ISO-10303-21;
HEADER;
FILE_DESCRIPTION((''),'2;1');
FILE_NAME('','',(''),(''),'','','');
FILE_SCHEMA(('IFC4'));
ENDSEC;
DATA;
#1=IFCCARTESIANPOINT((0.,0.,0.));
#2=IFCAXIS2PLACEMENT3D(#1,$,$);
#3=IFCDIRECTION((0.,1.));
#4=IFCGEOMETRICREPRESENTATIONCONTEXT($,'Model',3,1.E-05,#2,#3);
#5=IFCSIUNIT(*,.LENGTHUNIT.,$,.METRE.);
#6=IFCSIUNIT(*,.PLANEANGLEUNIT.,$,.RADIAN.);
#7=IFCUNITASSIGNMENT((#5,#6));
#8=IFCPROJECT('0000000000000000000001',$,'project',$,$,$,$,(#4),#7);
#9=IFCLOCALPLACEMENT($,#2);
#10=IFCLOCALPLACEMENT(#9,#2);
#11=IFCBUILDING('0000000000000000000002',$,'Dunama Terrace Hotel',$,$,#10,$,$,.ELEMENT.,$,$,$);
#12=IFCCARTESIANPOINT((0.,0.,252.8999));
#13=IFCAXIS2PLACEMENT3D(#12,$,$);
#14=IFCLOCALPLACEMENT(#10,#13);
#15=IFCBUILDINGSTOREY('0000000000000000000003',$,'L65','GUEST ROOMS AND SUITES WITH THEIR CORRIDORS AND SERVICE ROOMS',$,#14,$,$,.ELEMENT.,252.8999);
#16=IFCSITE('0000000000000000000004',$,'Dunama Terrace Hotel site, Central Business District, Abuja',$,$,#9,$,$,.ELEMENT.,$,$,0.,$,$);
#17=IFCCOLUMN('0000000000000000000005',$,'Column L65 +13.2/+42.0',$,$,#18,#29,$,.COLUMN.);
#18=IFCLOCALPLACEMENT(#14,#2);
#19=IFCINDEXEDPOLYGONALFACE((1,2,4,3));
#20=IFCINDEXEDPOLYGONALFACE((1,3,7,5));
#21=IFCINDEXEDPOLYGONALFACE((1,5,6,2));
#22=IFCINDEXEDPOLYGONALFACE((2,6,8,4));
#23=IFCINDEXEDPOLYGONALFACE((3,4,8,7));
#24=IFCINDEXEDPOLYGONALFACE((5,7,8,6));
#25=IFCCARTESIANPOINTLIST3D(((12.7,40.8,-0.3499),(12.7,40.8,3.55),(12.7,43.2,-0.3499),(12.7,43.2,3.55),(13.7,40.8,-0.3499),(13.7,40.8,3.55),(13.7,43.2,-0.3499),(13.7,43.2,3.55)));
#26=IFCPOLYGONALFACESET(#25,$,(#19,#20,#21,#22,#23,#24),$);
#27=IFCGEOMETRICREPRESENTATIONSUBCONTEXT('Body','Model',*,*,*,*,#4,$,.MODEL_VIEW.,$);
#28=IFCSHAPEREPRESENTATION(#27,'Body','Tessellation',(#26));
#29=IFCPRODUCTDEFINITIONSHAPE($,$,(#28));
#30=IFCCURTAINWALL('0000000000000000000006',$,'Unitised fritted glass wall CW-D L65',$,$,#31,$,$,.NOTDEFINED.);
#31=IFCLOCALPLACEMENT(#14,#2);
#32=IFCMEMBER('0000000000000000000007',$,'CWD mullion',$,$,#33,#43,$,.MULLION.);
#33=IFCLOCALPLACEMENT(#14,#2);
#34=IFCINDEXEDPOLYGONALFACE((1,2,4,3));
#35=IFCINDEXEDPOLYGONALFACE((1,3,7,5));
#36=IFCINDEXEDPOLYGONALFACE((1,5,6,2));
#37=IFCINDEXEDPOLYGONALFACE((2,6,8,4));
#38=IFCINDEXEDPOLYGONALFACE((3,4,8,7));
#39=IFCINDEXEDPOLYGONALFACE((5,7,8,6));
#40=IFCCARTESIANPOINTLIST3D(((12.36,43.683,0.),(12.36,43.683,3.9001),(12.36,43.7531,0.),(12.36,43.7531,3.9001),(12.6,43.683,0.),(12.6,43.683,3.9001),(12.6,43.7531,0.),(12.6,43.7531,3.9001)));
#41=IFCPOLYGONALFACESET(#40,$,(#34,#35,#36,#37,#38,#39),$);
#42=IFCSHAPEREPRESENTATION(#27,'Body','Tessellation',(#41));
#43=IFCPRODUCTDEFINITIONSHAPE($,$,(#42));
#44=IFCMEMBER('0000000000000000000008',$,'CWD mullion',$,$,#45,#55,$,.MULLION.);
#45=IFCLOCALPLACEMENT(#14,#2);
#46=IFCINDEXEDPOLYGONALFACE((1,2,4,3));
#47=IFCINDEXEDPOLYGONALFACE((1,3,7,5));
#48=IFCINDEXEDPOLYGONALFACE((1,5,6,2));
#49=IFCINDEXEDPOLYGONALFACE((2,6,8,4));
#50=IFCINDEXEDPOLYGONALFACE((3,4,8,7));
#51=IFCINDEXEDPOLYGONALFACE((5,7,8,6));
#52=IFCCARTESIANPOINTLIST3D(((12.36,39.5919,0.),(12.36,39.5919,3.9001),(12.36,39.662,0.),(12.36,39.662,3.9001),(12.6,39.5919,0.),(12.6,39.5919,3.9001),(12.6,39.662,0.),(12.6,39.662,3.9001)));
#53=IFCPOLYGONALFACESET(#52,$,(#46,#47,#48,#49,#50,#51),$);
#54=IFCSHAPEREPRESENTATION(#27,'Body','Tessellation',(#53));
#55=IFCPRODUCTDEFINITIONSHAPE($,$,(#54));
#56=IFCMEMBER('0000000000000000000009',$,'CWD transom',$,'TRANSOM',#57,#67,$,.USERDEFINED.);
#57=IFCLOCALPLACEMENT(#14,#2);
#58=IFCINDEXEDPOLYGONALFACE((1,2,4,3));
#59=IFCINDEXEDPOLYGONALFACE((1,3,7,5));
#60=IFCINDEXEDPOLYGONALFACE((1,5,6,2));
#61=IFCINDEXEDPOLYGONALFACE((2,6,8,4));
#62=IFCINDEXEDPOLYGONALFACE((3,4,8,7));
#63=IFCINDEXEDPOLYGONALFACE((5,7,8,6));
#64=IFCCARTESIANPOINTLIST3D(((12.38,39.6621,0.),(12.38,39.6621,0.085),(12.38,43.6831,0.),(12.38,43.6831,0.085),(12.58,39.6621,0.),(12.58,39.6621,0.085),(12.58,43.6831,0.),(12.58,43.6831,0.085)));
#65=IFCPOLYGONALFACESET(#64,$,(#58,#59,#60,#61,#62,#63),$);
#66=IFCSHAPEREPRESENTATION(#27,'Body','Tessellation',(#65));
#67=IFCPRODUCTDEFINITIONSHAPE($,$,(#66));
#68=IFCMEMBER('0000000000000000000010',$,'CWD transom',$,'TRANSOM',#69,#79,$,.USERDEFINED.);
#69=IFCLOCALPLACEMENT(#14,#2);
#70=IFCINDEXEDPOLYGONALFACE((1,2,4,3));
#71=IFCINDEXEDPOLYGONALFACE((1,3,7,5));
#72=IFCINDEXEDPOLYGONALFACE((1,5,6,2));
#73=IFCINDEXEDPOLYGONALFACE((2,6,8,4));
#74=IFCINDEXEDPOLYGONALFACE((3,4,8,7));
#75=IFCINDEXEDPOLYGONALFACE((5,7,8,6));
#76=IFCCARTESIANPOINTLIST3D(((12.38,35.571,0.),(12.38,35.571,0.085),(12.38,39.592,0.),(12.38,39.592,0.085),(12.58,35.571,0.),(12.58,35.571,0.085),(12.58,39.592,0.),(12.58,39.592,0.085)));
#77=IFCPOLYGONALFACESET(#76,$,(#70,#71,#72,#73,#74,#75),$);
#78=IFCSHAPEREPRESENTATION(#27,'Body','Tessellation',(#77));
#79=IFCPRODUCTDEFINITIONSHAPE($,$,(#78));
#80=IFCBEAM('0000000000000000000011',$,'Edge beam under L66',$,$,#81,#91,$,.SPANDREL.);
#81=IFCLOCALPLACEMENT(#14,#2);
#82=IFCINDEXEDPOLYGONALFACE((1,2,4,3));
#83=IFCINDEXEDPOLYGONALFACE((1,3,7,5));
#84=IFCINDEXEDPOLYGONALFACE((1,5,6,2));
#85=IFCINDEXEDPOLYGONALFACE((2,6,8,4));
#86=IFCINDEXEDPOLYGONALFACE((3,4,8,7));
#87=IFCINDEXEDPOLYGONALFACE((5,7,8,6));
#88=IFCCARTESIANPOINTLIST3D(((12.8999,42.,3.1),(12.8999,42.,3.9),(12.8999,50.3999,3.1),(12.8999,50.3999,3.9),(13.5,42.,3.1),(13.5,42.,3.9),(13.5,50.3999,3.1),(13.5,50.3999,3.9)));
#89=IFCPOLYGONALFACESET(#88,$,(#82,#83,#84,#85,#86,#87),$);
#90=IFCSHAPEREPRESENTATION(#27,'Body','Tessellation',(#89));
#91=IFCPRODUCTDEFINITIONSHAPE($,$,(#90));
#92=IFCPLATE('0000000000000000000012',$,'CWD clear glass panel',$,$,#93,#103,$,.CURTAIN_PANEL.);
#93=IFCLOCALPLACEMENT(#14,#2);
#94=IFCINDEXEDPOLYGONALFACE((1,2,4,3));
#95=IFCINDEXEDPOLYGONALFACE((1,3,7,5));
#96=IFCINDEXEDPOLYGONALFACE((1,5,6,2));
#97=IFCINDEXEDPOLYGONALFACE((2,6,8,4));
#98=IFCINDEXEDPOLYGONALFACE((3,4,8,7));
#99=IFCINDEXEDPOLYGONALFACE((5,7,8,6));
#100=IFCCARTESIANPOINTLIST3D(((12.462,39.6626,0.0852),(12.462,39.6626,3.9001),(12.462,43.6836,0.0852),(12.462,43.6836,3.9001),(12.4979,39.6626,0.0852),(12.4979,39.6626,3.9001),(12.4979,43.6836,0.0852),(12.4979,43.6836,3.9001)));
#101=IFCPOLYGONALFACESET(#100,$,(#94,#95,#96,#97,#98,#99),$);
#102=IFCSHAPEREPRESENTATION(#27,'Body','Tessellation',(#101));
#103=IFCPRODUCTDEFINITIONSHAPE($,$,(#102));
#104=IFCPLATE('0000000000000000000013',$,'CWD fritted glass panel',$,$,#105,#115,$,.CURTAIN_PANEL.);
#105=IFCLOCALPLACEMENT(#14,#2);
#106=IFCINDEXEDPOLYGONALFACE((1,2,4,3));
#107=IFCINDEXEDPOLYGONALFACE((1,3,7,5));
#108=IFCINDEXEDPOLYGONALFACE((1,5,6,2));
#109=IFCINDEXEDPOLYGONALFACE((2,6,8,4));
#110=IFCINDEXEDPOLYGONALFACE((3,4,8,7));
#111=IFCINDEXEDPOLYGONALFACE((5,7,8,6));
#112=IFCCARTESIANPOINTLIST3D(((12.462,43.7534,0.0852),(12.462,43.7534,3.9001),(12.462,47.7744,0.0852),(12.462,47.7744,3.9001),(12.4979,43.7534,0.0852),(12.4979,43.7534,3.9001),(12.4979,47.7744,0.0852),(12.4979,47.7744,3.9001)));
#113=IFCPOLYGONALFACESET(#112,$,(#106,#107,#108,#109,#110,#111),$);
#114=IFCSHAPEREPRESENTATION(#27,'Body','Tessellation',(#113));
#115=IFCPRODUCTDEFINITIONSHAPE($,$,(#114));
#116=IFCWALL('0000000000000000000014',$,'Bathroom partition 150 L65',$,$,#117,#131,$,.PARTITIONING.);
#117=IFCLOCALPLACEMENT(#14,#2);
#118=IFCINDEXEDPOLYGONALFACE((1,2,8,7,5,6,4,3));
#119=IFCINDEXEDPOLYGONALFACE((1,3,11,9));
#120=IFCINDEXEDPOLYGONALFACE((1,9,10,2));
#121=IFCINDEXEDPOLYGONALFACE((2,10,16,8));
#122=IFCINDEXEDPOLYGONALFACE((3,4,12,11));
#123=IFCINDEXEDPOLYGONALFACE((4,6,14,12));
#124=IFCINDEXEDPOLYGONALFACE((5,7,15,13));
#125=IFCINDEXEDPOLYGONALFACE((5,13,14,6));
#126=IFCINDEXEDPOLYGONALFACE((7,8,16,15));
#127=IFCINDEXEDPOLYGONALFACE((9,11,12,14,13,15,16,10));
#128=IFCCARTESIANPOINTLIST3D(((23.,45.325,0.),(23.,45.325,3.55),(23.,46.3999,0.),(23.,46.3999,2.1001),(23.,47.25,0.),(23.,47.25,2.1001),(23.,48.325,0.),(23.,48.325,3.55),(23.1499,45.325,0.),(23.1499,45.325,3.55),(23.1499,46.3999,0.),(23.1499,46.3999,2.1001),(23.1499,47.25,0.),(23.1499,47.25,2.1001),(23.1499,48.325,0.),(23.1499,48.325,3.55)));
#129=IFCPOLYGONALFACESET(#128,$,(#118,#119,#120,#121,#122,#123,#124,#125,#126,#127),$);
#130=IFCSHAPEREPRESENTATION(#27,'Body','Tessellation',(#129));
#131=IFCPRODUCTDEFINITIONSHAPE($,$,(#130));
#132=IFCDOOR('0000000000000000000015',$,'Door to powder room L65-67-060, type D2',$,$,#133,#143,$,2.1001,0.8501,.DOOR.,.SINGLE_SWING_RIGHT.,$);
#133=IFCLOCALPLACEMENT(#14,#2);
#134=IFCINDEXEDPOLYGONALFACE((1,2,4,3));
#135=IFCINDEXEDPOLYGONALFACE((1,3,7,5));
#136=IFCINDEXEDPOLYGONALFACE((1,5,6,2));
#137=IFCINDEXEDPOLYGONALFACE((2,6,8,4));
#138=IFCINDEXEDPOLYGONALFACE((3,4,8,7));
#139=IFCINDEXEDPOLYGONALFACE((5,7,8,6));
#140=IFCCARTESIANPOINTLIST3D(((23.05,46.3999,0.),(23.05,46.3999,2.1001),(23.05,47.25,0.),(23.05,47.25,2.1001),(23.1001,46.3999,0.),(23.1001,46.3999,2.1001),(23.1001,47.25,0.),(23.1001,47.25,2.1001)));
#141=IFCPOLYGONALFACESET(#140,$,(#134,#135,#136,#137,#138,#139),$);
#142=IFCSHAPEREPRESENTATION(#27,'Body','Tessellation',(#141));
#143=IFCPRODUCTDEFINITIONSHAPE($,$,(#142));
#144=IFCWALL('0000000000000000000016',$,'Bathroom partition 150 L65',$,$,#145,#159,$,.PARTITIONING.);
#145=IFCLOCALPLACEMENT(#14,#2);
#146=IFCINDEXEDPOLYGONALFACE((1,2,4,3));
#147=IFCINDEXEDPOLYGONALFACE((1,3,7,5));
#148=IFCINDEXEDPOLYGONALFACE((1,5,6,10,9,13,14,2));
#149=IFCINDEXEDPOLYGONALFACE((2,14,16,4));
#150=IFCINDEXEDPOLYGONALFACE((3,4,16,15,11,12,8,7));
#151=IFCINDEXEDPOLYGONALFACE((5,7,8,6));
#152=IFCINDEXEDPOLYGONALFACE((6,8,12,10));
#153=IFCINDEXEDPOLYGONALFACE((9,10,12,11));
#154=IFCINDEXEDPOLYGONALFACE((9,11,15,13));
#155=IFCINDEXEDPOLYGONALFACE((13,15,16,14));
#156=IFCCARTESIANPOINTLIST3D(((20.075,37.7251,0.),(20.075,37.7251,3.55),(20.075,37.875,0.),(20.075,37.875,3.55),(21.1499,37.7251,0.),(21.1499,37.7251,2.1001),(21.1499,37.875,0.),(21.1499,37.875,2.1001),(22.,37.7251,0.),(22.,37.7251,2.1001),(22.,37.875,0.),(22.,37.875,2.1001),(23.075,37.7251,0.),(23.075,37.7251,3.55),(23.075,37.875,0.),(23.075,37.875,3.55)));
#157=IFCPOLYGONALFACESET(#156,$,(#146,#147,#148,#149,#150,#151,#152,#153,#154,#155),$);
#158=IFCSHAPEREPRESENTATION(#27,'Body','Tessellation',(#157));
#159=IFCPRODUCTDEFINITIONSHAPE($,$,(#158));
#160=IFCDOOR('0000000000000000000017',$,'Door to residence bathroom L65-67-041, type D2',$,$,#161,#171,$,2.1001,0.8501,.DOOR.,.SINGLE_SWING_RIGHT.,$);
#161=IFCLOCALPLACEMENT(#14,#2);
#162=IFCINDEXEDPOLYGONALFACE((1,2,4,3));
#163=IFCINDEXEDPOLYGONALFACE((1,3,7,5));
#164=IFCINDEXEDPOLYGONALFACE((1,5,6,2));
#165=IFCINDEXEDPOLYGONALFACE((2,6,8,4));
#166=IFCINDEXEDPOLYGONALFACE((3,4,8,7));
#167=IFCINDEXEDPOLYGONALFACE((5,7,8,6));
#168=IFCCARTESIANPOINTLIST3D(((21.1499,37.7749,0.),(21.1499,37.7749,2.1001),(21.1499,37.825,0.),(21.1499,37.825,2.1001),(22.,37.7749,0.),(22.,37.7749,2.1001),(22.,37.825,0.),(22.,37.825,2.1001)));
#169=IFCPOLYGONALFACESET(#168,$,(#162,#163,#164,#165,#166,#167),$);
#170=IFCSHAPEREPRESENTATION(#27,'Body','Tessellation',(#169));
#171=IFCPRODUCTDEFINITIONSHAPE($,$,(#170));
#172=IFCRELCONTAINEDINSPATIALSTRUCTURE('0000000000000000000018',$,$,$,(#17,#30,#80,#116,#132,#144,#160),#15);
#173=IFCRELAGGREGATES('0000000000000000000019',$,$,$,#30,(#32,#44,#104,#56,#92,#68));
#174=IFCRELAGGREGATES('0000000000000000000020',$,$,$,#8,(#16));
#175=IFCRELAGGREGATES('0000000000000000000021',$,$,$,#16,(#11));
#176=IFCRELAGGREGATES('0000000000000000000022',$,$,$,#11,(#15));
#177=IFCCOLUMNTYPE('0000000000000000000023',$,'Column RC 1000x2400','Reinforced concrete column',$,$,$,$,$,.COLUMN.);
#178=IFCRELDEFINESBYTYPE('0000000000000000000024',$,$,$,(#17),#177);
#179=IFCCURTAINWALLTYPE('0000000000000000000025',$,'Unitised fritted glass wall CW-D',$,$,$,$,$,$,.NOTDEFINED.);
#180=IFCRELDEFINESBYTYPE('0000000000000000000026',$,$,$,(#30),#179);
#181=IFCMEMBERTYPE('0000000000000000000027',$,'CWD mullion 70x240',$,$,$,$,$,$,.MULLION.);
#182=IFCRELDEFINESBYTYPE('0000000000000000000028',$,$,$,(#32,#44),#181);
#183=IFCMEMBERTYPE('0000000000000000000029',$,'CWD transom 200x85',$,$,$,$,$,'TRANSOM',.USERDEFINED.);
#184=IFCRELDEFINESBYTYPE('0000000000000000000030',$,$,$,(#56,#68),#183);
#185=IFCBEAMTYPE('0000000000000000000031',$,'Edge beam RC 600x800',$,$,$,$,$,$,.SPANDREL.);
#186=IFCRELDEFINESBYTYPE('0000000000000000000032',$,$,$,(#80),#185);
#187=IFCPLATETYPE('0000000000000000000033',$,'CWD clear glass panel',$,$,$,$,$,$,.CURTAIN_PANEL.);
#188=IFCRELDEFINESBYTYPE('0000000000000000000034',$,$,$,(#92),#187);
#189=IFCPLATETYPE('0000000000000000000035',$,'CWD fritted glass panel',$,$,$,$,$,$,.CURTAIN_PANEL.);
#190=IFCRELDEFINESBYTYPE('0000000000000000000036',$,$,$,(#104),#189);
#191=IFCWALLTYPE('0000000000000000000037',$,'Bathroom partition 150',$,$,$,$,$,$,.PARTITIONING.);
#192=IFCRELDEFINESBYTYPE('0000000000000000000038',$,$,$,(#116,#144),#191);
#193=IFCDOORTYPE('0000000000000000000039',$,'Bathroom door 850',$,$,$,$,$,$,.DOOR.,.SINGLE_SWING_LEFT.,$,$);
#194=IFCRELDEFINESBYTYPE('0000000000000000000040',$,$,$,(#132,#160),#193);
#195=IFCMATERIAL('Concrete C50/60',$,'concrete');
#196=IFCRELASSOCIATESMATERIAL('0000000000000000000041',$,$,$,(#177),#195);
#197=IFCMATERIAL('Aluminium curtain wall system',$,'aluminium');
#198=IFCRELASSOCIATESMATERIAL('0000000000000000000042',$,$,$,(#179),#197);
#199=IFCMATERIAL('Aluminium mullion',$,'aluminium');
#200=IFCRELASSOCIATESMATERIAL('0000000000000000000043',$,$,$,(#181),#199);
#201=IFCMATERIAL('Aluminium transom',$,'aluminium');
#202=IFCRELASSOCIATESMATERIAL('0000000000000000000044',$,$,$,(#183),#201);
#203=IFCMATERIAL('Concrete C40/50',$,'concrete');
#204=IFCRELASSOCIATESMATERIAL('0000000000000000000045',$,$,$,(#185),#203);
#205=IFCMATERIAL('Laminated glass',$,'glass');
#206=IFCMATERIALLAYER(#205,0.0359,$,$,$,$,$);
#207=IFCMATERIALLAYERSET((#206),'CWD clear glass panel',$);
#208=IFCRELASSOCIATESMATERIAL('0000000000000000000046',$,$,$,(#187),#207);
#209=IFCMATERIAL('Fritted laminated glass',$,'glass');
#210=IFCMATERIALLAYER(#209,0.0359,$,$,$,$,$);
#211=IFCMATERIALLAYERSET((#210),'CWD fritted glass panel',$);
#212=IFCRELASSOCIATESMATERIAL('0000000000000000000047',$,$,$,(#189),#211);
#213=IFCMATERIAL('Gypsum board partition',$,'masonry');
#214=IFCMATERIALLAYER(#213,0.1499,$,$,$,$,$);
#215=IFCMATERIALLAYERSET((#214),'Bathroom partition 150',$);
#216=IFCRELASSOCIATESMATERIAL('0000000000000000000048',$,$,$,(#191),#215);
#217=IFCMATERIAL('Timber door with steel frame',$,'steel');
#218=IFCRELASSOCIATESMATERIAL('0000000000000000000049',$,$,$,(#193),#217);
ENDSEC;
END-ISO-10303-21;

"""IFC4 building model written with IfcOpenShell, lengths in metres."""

from ifc_helpers import new_model, si_unit, direction, frame, frame_2d, origin, origin_2d, place, context, subcontext, project, spatial, rectangle, extrude, material, layer, layer_set, material_profile, profile_set, type_object, element, fill, aggregate, save


model = new_model("IFC4")

# Units and contexts
model_context = context("Model", 3, precision=1e-05, world=origin(), true_north=direction((0.0, 1.0)))
body_context = subcontext(model_context, "Body", "Model", "MODEL_VIEW")
ifc_project = project(units=[si_unit("LENGTHUNIT", "METRE"), si_unit("PLANEANGLEUNIT", "RADIAN")], contexts=[model_context])

# Site, building, storey
site_placement = place(None, origin())
site = spatial("IfcSite", under=ifc_project, at=site_placement, Name="Dunama Terrace Hotel site, Central Business District, Abuja", CompositionType="ELEMENT", RefElevation=0.0)
building_placement = place(site_placement, origin())
building = spatial("IfcBuilding", under=site, at=building_placement, Name="Dunama Terrace Hotel", CompositionType="ELEMENT")
storey_placement = place(building_placement, frame((0.0, 0.0, 252.8999)))
storey = spatial("IfcBuildingStorey", under=building, at=storey_placement, Name="L65", Description="GUEST ROOMS AND SUITES WITH THEIR CORRIDORS AND SERVICE ROOMS", CompositionType="ELEMENT", Elevation=252.8999)

# Column
ifc_material_1 = material(Name="Concrete C50/60", Category="concrete")
ifc_material_profile_1 = material_profile(ifc_material_1, rectangle(XDim=1.0, YDim=2.3999, at=origin_2d()), Name="RC 1000x2400")
ifc_profile_set_1 = profile_set([ifc_material_profile_1], Name="Concrete C50/60")
column_type = type_object("IfcColumnType", Name="Column RC 1000x2400", Description="Reinforced concrete column", PredefinedType="COLUMN", material=ifc_profile_set_1)
column_placement = place(storey_placement, frame((13.2, 42.0, -0.3499), z_axis=(0.0, 0.0, 1.0), x_axis=(1.0, 0.0, 0.0)))
element("IfcColumn", 1, at=column_placement, inside=storey, type_object=column_type, Name="Column L65 +13.2/+42.0", PredefinedType="COLUMN", context=body_context, shape_type="SweptSolid", body=[
    extrude(rectangle(XDim=1.0, YDim=2.3999, at=origin_2d()), origin(), (0.0, 0.0, 1.0), 3.8999),
])

# Curtain wall, members
ifc_material_2 = material(Name="Aluminium curtain wall system", Category="aluminium")
curtain_wall_type = type_object("IfcCurtainWallType", Name="Unitised fritted glass wall CW-D", PredefinedType="NOTDEFINED", material=ifc_material_2)
curtain_wall_placement = place(storey_placement, origin())
curtain_wall = element("IfcCurtainWall", 2, at=curtain_wall_placement, inside=storey, type_object=curtain_wall_type, Name="Unitised fritted glass wall CW-D L65", PredefinedType="NOTDEFINED")
ifc_material_3 = material(Name="Aluminium mullion", Category="aluminium")
ifc_material_profile_2 = material_profile(ifc_material_3, rectangle(XDim=0.0701, YDim=0.24, at=origin_2d()), Name="CWD MULLION 70X240")
ifc_profile_set_2 = profile_set([ifc_material_profile_2], Name="Aluminium mullion")
member_type_1 = type_object("IfcMemberType", Name="CWD mullion 70x240", PredefinedType="MULLION", material=ifc_profile_set_2)
member_1_placement = place(storey_placement, frame((12.48, 43.718, 0.0), z_axis=(0.0, 0.0, 1.0), x_axis=(0.0, -1.0, 0.0)))
member_1 = element("IfcMember", 3, at=member_1_placement, type_object=member_type_1, Name="CWD mullion", PredefinedType="MULLION", context=body_context, shape_type="SweptSolid", body=[
    extrude(rectangle(XDim=0.0701, YDim=0.24, at=origin_2d()), origin(), (0.0, 0.0, 1.0), 3.9001),
])
member_2_placement = place(storey_placement, frame((12.48, 39.627, 0.0), z_axis=(0.0, 0.0, 1.0), x_axis=(0.0, -1.0, 0.0)))
member_2 = element("IfcMember", 4, at=member_2_placement, type_object=member_type_1, Name="CWD mullion", PredefinedType="MULLION", context=body_context, shape_type="SweptSolid", body=[
    extrude(rectangle(XDim=0.0701, YDim=0.24, at=origin_2d()), origin(), (0.0, 0.0, 1.0), 3.9001),
])
ifc_material_4 = material(Name="Aluminium transom", Category="aluminium")
ifc_material_profile_3 = material_profile(ifc_material_4, rectangle(XDim=0.2, YDim=0.085, at=origin_2d()), Name="CWD TRANSOM 200X85")
ifc_profile_set_3 = profile_set([ifc_material_profile_3], Name="Aluminium transom")
member_type_2 = type_object("IfcMemberType", Name="CWD transom 200x85", ElementType="TRANSOM", PredefinedType="USERDEFINED", material=ifc_profile_set_3)
member_3_placement = place(storey_placement, frame((12.48, 43.6831, 0.0425), z_axis=(0.0, -1.0, 0.0), x_axis=(1.0, 0.0, 0.0)))
member_3 = element("IfcMember", 5, at=member_3_placement, type_object=member_type_2, Name="CWD transom", ObjectType="TRANSOM", PredefinedType="USERDEFINED", context=body_context, shape_type="SweptSolid", body=[
    extrude(rectangle(XDim=0.2, YDim=0.085, at=origin_2d()), origin(), (0.0, 0.0, 1.0), 4.021),
])
member_4_placement = place(storey_placement, frame((12.48, 39.592, 0.0425), z_axis=(0.0, -1.0, 0.0), x_axis=(1.0, 0.0, 0.0)))
member_4 = element("IfcMember", 6, at=member_4_placement, type_object=member_type_2, Name="CWD transom", ObjectType="TRANSOM", PredefinedType="USERDEFINED", context=body_context, shape_type="SweptSolid", body=[
    extrude(rectangle(XDim=0.2, YDim=0.085, at=origin_2d()), origin(), (0.0, 0.0, 1.0), 4.021),
])

# Beam
ifc_material_5 = material(Name="Concrete C40/50", Category="concrete")
ifc_material_profile_4 = material_profile(ifc_material_5, rectangle(XDim=0.6001, YDim=0.8, at=origin_2d()), Name="RC 600x800")
ifc_profile_set_4 = profile_set([ifc_material_profile_4], Name="Concrete C40/50")
beam_type = type_object("IfcBeamType", Name="Edge beam RC 600x800", PredefinedType="SPANDREL", material=ifc_profile_set_4)
beam_placement = place(storey_placement, frame((13.2, 42.0, 3.5), z_axis=(0.0, 1.0, 0.0), x_axis=(-1.0, 0.0, 0.0)))
element("IfcBeam", 7, at=beam_placement, inside=storey, type_object=beam_type, Name="Edge beam under L66", PredefinedType="SPANDREL", context=body_context, shape_type="SweptSolid", body=[
    extrude(rectangle(XDim=0.6001, YDim=0.8, at=origin_2d()), origin(), (0.0, 0.0, 1.0), 8.3999),
])

# Plates
ifc_material_6 = material(Name="Laminated glass", Category="glass")
ifc_layer_1 = layer(ifc_material_6, 0.0359)
ifc_layer_set_1 = layer_set([ifc_layer_1], Name="CWD clear glass panel")
plate_type_1 = type_object("IfcPlateType", Name="CWD clear glass panel", PredefinedType="CURTAIN_PANEL", material=ifc_layer_set_1)
plate_1_placement = place(storey_placement, frame((12.48, 41.6731, 0.0852), z_axis=(0.0, 0.0, 1.0), x_axis=(0.0, -1.0, 0.0)))
plate_1 = element("IfcPlate", 8, at=plate_1_placement, type_object=plate_type_1, Name="CWD clear glass panel", PredefinedType="CURTAIN_PANEL", context=body_context, shape_type="SweptSolid", body=[
    extrude(rectangle(XDim=4.021, YDim=0.0359, at=origin_2d()), origin(), (0.0, 0.0, 1.0), 3.8149),
])
ifc_material_7 = material(Name="Fritted laminated glass", Category="glass")
ifc_layer_2 = layer(ifc_material_7, 0.0359)
ifc_layer_set_2 = layer_set([ifc_layer_2], Name="CWD fritted glass panel")
plate_type_2 = type_object("IfcPlateType", Name="CWD fritted glass panel", PredefinedType="CURTAIN_PANEL", material=ifc_layer_set_2)
plate_2_placement = place(storey_placement, frame((12.48, 45.7639, 0.0852), z_axis=(0.0, 0.0, 1.0), x_axis=(0.0, -1.0, 0.0)))
plate_2 = element("IfcPlate", 9, at=plate_2_placement, type_object=plate_type_2, Name="CWD fritted glass panel", PredefinedType="CURTAIN_PANEL", context=body_context, shape_type="SweptSolid", body=[
    extrude(rectangle(XDim=4.021, YDim=0.0359, at=origin_2d()), origin(), (0.0, 0.0, 1.0), 3.8149),
])
aggregate(curtain_wall, [member_1, member_2, plate_2, member_3, plate_1, member_4])

# Walls, openings, doors
ifc_material_8 = material(Name="Gypsum board partition", Category="masonry")
ifc_layer_3 = layer(ifc_material_8, 0.1499)
ifc_layer_set_3 = layer_set([ifc_layer_3], Name="Bathroom partition 150")
wall_type_1 = type_object("IfcWallType", Name="Bathroom partition 150", PredefinedType="PARTITIONING", material=ifc_layer_set_3)
wall_1_placement = place(storey_placement, frame((23.075, 45.325, 0.0), z_axis=(0.0, 0.0, 1.0), x_axis=(0.0, 1.0, 0.0)))
wall_1 = element("IfcWall", 10, at=wall_1_placement, inside=storey, type_object=wall_type_1, Name="Bathroom partition 150 L65", PredefinedType="PARTITIONING", context=body_context, shape_type="SweptSolid", body=[
    extrude(rectangle(XDim=3.0, YDim=0.1499, at=frame_2d((1.5, 0.0))), origin(), (0.0, 0.0, 1.0), 3.55),
])
opening_1_placement = place(wall_1_placement, frame((1.075, 0.0, 0.0)))
opening_1 = element("IfcOpeningElement", 11, at=opening_1_placement, cuts=wall_1, PredefinedType="OPENING", context=body_context, shape_type="SweptSolid", body=[
    extrude(rectangle(XDim=0.8501, YDim=2.1001, at=frame_2d((0.425, 1.05))), frame((0.0, 0.085, 0.0), z_axis=(0.0, -1.0, 0.0), x_axis=(1.0, 0.0, 0.0)), (0.0, 0.0, 1.0), 0.1699),
])
ifc_material_9 = material(Name="Timber door with steel frame", Category="steel")
door_type_1 = type_object("IfcDoorType", Name="Bathroom door 850", OperationType="SINGLE_SWING_LEFT", PredefinedType="DOOR", material=ifc_material_9)
door_1_placement = place(opening_1_placement, frame((0.8501, 0.0, 0.0), z_axis=(0.0, 0.0, 1.0), x_axis=(-1.0, 0.0, 0.0)))
door_1 = element("IfcDoor", 12, at=door_1_placement, inside=storey, type_object=door_type_1, Name="Door to powder room L65-67-060, type D2", OperationType="SINGLE_SWING_RIGHT", OverallHeight=2.1001, OverallWidth=0.8501, PredefinedType="DOOR", context=body_context, shape_type="SweptSolid", body=[
    extrude(rectangle(XDim=0.8501, YDim=2.1001, at=frame_2d((0.425, 1.05))), frame((0.0, 0.0251, 0.0), z_axis=(0.0, -1.0, 0.0), x_axis=(1.0, 0.0, 0.0)), (0.0, 0.0, 1.0), 0.05),
])
fill(opening_1, door_1)
wall_2_placement = place(storey_placement, frame((20.075, 37.8, 0.0), z_axis=(0.0, 0.0, 1.0), x_axis=(1.0, 0.0, 0.0)))
wall_2 = element("IfcWall", 13, at=wall_2_placement, inside=storey, type_object=wall_type_1, Name="Bathroom partition 150 L65", PredefinedType="PARTITIONING", context=body_context, shape_type="SweptSolid", body=[
    extrude(rectangle(XDim=3.0, YDim=0.1499, at=frame_2d((1.5, 0.0))), origin(), (0.0, 0.0, 1.0), 3.55),
])
opening_2_placement = place(wall_2_placement, frame((1.075, 0.0, 0.0)))
opening_2 = element("IfcOpeningElement", 14, at=opening_2_placement, cuts=wall_2, PredefinedType="OPENING", context=body_context, shape_type="SweptSolid", body=[
    extrude(rectangle(XDim=0.8501, YDim=2.1001, at=frame_2d((0.425, 1.05))), frame((0.0, 0.085, 0.0), z_axis=(0.0, -1.0, 0.0), x_axis=(1.0, 0.0, 0.0)), (0.0, 0.0, 1.0), 0.1699),
])
door_2_placement = place(opening_2_placement, origin())
door_2 = element("IfcDoor", 15, at=door_2_placement, inside=storey, type_object=door_type_1, Name="Door to residence bathroom L65-67-041, type D2", OperationType="SINGLE_SWING_RIGHT", OverallHeight=2.1001, OverallWidth=0.8501, PredefinedType="DOOR", context=body_context, shape_type="SweptSolid", body=[
    extrude(rectangle(XDim=0.8501, YDim=2.1001, at=frame_2d((0.425, 1.05))), frame((0.0, 0.0249, 0.0), z_axis=(0.0, -1.0, 0.0), x_axis=(1.0, 0.0, 0.0)), (0.0, 0.0, 1.0), 0.05),
])
fill(opening_2, door_2)

save(model, "model.ifc")
